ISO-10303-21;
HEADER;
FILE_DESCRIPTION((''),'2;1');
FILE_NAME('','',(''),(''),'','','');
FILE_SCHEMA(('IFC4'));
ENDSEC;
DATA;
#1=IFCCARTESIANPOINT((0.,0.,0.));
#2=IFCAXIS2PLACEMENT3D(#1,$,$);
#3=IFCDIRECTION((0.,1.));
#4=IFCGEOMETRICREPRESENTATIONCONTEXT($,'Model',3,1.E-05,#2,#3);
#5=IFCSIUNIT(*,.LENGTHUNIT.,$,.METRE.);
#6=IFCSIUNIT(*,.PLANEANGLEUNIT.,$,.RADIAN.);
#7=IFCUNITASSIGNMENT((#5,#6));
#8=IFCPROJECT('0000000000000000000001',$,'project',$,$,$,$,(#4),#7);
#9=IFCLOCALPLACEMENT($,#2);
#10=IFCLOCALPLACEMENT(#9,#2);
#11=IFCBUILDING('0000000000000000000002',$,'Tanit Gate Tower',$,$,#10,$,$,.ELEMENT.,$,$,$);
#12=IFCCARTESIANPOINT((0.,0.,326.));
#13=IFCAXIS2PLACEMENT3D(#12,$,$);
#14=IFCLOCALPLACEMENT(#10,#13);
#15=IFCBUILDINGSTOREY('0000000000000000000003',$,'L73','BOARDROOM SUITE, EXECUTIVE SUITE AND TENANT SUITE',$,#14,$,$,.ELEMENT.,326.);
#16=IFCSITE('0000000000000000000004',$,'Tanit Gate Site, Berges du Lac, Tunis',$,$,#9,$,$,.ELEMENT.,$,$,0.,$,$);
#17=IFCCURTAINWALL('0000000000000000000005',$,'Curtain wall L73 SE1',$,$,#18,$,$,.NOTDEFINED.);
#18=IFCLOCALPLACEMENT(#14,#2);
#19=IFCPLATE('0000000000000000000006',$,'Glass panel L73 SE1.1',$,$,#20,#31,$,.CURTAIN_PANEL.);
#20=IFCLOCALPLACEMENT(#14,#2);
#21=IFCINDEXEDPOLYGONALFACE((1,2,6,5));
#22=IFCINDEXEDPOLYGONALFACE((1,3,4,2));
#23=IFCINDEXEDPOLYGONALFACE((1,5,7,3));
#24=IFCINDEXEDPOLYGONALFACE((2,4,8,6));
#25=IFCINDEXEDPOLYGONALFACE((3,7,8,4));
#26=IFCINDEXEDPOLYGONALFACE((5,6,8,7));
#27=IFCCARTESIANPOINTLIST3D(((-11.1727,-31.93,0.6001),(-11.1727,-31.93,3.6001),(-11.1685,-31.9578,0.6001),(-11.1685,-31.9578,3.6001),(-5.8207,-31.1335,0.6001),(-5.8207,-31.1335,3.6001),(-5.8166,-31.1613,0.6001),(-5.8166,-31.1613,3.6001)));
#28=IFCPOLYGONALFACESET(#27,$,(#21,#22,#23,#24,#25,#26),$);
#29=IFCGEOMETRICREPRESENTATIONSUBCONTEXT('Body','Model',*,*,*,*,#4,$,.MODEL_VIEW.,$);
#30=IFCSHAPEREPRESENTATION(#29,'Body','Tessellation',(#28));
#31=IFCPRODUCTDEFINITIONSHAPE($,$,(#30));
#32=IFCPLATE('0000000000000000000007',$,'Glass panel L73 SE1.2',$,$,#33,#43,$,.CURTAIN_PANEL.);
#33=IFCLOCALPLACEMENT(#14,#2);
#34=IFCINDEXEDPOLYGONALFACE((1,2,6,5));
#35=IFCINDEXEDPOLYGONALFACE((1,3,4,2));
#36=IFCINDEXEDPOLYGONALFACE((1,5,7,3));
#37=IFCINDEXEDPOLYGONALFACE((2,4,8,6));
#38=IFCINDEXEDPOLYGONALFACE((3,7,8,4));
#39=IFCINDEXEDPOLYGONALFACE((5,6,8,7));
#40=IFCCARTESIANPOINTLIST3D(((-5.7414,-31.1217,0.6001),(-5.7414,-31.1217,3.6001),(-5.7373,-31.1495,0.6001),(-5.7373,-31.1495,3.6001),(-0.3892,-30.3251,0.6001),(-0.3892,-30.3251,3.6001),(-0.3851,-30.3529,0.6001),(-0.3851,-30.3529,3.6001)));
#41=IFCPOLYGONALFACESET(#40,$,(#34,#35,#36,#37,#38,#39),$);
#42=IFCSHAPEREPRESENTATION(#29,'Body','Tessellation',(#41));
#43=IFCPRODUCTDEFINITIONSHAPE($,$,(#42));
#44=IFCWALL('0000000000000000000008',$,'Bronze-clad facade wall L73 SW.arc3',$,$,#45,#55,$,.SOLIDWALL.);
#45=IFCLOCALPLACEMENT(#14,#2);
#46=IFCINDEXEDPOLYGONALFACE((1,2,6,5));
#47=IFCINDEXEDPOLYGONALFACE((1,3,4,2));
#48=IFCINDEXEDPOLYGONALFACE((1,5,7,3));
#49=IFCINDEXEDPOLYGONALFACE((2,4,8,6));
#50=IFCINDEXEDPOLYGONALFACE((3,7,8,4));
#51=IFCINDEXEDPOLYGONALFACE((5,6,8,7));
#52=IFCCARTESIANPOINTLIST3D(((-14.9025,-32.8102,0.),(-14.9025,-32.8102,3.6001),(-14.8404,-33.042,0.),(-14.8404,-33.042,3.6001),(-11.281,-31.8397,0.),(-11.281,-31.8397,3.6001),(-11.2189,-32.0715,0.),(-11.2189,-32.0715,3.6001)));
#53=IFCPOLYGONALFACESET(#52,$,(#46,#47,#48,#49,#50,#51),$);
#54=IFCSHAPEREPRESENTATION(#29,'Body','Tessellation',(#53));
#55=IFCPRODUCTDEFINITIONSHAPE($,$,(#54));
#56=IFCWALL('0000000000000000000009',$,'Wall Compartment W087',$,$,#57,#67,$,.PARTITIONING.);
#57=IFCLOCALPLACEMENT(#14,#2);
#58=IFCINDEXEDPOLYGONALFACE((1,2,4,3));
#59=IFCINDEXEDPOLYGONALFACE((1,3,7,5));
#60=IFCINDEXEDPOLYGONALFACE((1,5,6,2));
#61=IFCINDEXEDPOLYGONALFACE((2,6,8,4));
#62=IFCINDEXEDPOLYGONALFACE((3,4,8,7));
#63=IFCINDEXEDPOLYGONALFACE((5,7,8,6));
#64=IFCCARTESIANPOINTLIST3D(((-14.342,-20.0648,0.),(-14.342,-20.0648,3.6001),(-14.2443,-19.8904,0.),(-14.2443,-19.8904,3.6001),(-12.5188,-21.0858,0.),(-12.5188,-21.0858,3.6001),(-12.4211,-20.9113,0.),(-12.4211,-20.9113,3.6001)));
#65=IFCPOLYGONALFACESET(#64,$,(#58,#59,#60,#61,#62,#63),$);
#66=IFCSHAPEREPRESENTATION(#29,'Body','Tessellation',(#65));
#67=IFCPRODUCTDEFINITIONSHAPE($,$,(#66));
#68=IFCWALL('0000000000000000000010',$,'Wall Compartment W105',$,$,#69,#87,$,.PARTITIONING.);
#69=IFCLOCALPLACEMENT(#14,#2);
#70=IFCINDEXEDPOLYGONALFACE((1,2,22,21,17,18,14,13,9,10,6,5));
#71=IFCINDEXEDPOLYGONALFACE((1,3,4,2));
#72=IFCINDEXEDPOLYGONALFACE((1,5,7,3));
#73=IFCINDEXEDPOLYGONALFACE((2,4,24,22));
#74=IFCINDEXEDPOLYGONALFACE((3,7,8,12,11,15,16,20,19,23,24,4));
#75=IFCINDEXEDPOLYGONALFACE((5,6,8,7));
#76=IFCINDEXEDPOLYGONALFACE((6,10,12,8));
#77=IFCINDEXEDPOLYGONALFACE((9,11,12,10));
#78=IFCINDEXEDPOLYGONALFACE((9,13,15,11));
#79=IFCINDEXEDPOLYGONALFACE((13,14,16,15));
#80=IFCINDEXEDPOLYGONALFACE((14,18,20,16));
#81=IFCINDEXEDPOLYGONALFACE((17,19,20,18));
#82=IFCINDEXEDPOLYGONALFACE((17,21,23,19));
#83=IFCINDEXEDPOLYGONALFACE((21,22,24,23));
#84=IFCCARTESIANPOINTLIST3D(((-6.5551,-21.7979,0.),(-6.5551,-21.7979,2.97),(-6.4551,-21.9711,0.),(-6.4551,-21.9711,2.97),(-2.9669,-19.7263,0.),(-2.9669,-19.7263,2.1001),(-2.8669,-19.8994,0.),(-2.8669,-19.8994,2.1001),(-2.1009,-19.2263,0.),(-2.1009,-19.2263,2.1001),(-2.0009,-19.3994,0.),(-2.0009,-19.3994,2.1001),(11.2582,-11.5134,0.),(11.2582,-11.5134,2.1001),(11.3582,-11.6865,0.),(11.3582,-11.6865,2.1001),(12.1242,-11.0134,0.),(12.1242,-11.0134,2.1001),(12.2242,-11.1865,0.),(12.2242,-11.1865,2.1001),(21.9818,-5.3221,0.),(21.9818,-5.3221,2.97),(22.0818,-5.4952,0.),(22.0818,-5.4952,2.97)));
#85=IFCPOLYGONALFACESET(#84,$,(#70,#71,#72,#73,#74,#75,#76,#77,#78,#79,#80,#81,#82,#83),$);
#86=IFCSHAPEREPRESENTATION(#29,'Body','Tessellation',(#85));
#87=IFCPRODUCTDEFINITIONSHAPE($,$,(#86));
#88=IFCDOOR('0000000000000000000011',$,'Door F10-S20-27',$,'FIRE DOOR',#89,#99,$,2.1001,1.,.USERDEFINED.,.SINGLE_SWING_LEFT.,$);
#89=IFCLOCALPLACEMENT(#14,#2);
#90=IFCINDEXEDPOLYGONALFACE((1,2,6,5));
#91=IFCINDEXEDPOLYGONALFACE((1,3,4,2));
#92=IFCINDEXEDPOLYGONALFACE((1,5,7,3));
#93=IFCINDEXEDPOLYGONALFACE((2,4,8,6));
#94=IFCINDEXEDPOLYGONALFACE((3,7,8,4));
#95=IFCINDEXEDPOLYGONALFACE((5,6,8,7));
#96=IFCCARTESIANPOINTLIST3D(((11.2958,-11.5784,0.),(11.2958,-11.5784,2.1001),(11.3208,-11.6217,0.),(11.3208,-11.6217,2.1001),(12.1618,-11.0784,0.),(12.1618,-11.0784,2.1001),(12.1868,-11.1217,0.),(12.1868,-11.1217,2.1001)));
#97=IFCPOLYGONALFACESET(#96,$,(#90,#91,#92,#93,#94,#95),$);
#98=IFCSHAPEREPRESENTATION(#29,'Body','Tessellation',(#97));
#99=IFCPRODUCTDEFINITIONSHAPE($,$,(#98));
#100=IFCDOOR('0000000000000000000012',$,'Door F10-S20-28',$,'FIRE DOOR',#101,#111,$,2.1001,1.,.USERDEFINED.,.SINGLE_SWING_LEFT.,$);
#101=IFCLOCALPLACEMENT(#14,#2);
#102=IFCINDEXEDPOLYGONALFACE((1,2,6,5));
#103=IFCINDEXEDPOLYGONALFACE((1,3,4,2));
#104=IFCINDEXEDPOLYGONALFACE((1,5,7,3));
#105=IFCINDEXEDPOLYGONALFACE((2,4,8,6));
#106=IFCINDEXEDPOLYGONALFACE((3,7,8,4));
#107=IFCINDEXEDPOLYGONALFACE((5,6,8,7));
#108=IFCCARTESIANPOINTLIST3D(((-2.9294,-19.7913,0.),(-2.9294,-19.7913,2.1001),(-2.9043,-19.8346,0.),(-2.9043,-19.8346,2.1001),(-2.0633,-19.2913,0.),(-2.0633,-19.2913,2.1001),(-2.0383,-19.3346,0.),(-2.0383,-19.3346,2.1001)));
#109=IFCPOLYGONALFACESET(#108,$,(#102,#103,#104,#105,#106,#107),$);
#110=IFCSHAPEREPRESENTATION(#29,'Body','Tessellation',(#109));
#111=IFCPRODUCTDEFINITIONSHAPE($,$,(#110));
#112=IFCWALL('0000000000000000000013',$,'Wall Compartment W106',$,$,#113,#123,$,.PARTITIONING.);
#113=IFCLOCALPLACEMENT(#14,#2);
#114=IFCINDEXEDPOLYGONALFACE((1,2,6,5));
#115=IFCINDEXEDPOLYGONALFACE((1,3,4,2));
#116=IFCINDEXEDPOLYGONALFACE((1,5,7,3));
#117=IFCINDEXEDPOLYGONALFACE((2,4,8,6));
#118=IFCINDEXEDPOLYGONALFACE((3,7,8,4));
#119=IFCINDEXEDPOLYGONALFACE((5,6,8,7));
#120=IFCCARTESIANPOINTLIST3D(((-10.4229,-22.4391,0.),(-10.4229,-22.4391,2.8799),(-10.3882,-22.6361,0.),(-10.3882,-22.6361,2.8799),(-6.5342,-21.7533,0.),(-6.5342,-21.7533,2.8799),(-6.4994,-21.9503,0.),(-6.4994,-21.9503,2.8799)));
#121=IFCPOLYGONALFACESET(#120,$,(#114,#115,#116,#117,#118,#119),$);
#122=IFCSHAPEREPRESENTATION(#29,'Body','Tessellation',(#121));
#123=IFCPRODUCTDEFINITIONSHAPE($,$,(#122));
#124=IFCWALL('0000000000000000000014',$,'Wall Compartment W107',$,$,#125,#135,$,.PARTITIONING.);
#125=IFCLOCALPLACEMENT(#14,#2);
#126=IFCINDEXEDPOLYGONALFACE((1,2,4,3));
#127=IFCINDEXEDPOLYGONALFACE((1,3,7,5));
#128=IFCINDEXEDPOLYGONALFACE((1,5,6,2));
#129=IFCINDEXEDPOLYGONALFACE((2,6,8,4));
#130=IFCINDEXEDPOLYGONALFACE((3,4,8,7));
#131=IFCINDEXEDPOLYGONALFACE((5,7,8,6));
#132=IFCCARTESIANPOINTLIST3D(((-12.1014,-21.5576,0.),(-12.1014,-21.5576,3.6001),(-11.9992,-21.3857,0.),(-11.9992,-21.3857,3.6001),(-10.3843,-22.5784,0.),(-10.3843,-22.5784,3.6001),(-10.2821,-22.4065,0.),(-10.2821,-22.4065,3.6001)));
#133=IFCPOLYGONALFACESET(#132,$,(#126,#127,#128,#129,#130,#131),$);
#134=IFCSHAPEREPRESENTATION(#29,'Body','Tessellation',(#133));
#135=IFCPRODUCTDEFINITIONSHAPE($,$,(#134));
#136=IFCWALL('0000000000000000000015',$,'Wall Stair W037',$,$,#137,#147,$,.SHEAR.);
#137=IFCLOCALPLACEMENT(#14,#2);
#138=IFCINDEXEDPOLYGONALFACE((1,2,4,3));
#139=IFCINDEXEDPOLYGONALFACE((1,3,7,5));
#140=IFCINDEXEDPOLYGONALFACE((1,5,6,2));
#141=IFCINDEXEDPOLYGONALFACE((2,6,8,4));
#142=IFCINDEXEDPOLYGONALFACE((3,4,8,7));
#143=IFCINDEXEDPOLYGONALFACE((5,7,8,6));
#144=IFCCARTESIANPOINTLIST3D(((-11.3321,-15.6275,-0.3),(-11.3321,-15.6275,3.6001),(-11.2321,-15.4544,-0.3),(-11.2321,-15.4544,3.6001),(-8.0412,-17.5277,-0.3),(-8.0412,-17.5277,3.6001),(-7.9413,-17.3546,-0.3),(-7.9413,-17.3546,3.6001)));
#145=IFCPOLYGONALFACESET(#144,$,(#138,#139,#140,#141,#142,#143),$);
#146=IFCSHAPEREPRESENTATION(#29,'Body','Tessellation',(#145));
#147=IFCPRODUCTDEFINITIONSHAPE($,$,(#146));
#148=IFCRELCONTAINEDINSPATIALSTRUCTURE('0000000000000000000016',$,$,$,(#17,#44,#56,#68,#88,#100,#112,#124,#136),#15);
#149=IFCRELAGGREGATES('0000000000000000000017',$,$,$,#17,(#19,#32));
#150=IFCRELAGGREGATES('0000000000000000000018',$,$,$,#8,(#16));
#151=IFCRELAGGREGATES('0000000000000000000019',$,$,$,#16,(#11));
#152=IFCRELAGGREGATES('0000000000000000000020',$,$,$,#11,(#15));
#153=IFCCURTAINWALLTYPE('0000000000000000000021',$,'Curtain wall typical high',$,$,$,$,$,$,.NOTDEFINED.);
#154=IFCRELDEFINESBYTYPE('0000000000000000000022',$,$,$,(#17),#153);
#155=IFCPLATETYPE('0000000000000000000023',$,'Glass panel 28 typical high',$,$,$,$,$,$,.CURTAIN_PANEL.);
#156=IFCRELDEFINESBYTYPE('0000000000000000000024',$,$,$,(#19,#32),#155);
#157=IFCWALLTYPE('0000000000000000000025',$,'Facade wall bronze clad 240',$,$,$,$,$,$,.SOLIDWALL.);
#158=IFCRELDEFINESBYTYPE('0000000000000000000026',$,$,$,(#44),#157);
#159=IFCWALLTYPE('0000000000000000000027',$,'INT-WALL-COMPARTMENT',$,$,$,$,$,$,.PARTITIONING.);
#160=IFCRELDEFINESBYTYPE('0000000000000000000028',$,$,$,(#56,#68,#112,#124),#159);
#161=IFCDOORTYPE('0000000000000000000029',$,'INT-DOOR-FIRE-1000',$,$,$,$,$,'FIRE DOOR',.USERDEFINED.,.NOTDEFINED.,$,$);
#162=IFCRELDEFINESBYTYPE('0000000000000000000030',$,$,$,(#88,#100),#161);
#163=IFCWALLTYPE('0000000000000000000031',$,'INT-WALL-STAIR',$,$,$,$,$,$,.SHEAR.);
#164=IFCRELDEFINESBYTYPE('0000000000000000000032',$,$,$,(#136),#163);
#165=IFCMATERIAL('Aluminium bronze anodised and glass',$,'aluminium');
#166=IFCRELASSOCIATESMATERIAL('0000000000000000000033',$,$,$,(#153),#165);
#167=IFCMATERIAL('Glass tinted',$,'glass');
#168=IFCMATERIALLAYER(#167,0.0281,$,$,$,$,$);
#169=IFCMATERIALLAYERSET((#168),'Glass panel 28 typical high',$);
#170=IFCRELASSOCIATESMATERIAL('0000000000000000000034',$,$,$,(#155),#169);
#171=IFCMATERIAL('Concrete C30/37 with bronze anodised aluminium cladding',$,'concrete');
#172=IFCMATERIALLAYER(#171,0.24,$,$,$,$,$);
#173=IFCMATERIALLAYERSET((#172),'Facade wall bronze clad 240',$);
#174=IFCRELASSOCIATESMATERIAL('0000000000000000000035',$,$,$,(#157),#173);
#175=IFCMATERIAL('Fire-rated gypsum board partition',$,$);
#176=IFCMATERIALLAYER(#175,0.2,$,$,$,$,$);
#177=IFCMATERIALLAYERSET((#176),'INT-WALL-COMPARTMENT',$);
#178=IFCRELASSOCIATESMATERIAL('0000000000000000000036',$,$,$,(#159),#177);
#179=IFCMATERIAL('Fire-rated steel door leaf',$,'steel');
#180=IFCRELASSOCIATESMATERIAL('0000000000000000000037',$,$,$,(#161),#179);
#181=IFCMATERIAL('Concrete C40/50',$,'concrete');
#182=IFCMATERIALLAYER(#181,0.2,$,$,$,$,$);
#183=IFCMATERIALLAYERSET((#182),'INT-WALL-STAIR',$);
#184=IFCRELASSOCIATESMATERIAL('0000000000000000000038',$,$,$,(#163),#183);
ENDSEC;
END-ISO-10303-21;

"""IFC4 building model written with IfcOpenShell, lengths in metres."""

from ifc_helpers import new_model, si_unit, direction, frame, frame_2d, origin, origin_2d, place, context, subcontext, project, spatial, rectangle, extrude, material, layer, layer_set, type_object, element, fill, aggregate, save


model = new_model("IFC4")

# Units and contexts
model_context = context("Model", 3, precision=1e-05, world=origin(), true_north=direction((0.0, 1.0)))
body_context = subcontext(model_context, "Body", "Model", "MODEL_VIEW")
ifc_project = project(units=[si_unit("LENGTHUNIT", "METRE"), si_unit("PLANEANGLEUNIT", "RADIAN")], contexts=[model_context])

# Site, building, storey
site_placement = place(None, origin())
site = spatial("IfcSite", under=ifc_project, at=site_placement, Name="Tanit Gate Site, Berges du Lac, Tunis", CompositionType="ELEMENT", RefElevation=0.0)
building_placement = place(site_placement, origin())
building = spatial("IfcBuilding", under=site, at=building_placement, Name="Tanit Gate Tower", CompositionType="ELEMENT")
storey_placement = place(building_placement, frame((0.0, 0.0, 326.0)))
storey = spatial("IfcBuildingStorey", under=building, at=storey_placement, Name="L73", Description="BOARDROOM SUITE, EXECUTIVE SUITE AND TENANT SUITE", CompositionType="ELEMENT", Elevation=326.0)

# Curtain wall
ifc_material_1 = material(Name="Aluminium bronze anodised and glass", Category="aluminium")
curtain_wall_type = type_object("IfcCurtainWallType", Name="Curtain wall typical high", PredefinedType="NOTDEFINED", material=ifc_material_1)
curtain_wall_placement = place(storey_placement, origin())
curtain_wall = element("IfcCurtainWall", 1, at=curtain_wall_placement, inside=storey, type_object=curtain_wall_type, Name="Curtain wall L73 SE1", PredefinedType="NOTDEFINED")

# Plates
ifc_material_2 = material(Name="Glass tinted", Category="glass")
ifc_layer_1 = layer(ifc_material_2, 0.0281)
ifc_layer_set_1 = layer_set([ifc_layer_1], Name="Glass panel 28 typical high")
plate_type = type_object("IfcPlateType", Name="Glass panel 28 typical high", PredefinedType="CURTAIN_PANEL", material=ifc_layer_set_1)
plate_1_placement = place(storey_placement, frame((-8.4946, -31.5457, 0.6001), z_axis=(0.0, 0.0, 1.0), x_axis=(0.989106, 0.147205, 0.0)))
plate_1 = element("IfcPlate", 2, at=plate_1_placement, type_object=plate_type, Name="Glass panel L73 SE1.1", PredefinedType="CURTAIN_PANEL", context=body_context, shape_type="SweptSolid", body=[
    extrude(rectangle(XDim=5.4109, YDim=0.0281, at=origin_2d()), origin(), (0.0, 0.0, 1.0), 3.0),
])
plate_2_placement = place(storey_placement, frame((-3.0632, -30.7373, 0.6001), z_axis=(0.0, 0.0, 1.0), x_axis=(0.989106, 0.147205, 0.0)))
plate_2 = element("IfcPlate", 3, at=plate_2_placement, type_object=plate_type, Name="Glass panel L73 SE1.2", PredefinedType="CURTAIN_PANEL", context=body_context, shape_type="SweptSolid", body=[
    extrude(rectangle(XDim=5.4111, YDim=0.0281, at=origin_2d()), origin(), (0.0, 0.0, 1.0), 3.0),
])
aggregate(curtain_wall, [plate_1, plate_2])

# Walls
ifc_material_3 = material(Name="Concrete C30/37 with bronze anodised aluminium cladding", Category="concrete")
ifc_layer_2 = layer(ifc_material_3, 0.24)
ifc_layer_set_2 = layer_set([ifc_layer_2], Name="Facade wall bronze clad 240")
wall_type_1 = type_object("IfcWallType", Name="Facade wall bronze clad 240", PredefinedType="SOLIDWALL", material=ifc_layer_set_2)
wall_1_placement = place(storey_placement, frame((-14.8713, -32.926, 0.0), z_axis=(0.0, 0.0, 1.0), x_axis=(0.965922, 0.258834, 0.0)))
element("IfcWall", 4, at=wall_1_placement, inside=storey, type_object=wall_type_1, Name="Bronze-clad facade wall L73 SW.arc3", PredefinedType="SOLIDWALL", context=body_context, shape_type="SweptSolid", body=[
    extrude(rectangle(XDim=3.7493, YDim=0.24, at=frame_2d((1.8745, 0.0))), origin(), (0.0, 0.0, 1.0), 3.6001),
])
ifc_material_4 = material(Name="Fire-rated gypsum board partition")
ifc_layer_3 = layer(ifc_material_4, 0.2)
ifc_layer_set_3 = layer_set([ifc_layer_3], Name="INT-WALL-COMPARTMENT")
wall_type_2 = type_object("IfcWallType", Name="INT-WALL-COMPARTMENT", PredefinedType="PARTITIONING", material=ifc_layer_set_3)
wall_2_placement = place(storey_placement, frame((-14.2932, -19.9775, 0.0), z_axis=(0.0, 0.0, 1.0), x_axis=(0.87251, -0.488596, 0.0)))
element("IfcWall", 5, at=wall_2_placement, inside=storey, type_object=wall_type_2, Name="Wall Compartment W087", PredefinedType="PARTITIONING", context=body_context, shape_type="SweptSolid", body=[
    extrude(rectangle(XDim=2.0896, YDim=0.2, at=frame_2d((1.0449, 0.0))), origin(), (0.0, 0.0, 1.0), 3.6001),
])

# Wall, openings, doors
wall_3_placement = place(storey_placement, frame((-6.5051, -21.8845, 0.0), z_axis=(0.0, 0.0, 1.0), x_axis=(0.866025, 0.500001, 0.0)))
wall_3 = element("IfcWall", 6, at=wall_3_placement, inside=storey, type_object=wall_type_2, Name="Wall Compartment W105", PredefinedType="PARTITIONING", context=body_context, shape_type="SweptSolid", body=[
    extrude(rectangle(XDim=32.9517, YDim=0.2, at=frame_2d((16.4758, 0.0))), origin(), (0.0, 0.0, 1.0), 2.97),
])
opening_1_placement = place(wall_3_placement, frame((20.5691, 0.0, 0.0)))
opening_1 = element("IfcOpeningElement", 7, at=opening_1_placement, cuts=wall_3, PredefinedType="OPENING", context=body_context, shape_type="SweptSolid", body=[
    extrude(rectangle(XDim=1.0, YDim=2.1001, at=frame_2d((0.5, 1.05))), frame((0.0, 0.1099, 0.0), z_axis=(0.0, -1.0, 0.0), x_axis=(1.0, 0.0, 0.0)), (0.0, 0.0, 1.0), 0.22),
])
opening_2_placement = place(wall_3_placement, frame((4.1433, 0.0, 0.0)))
opening_2 = element("IfcOpeningElement", 8, at=opening_2_placement, cuts=wall_3, PredefinedType="OPENING", context=body_context, shape_type="SweptSolid", body=[
    extrude(rectangle(XDim=1.0, YDim=2.1001, at=frame_2d((0.5, 1.05))), frame((0.0, 0.1099, 0.0), z_axis=(0.0, -1.0, 0.0), x_axis=(1.0, 0.0, 0.0)), (0.0, 0.0, 1.0), 0.22),
])
ifc_material_5 = material(Name="Fire-rated steel door leaf", Category="steel")
door_type_1 = type_object("IfcDoorType", Name="INT-DOOR-FIRE-1000", ElementType="FIRE DOOR", OperationType="NOTDEFINED", PredefinedType="USERDEFINED", material=ifc_material_5)
door_1_placement = place(opening_1_placement, origin())
door_1 = element("IfcDoor", 9, at=door_1_placement, inside=storey, type_object=door_type_1, Name="Door F10-S20-27", ObjectType="FIRE DOOR", OperationType="SINGLE_SWING_LEFT", OverallHeight=2.1001, OverallWidth=1.0, PredefinedType="USERDEFINED", context=body_context, shape_type="SweptSolid", body=[
    extrude(rectangle(XDim=1.0, YDim=2.1001, at=frame_2d((0.5, 1.05))), frame((0.0, 0.0249, 0.0), z_axis=(0.0, -1.0, 0.0), x_axis=(1.0, 0.0, 0.0)), (0.0, 0.0, 1.0), 0.05),
])
fill(opening_1, door_1)
door_2_placement = place(opening_2_placement, origin())
door_2 = element("IfcDoor", 10, at=door_2_placement, inside=storey, type_object=door_type_1, Name="Door F10-S20-28", ObjectType="FIRE DOOR", OperationType="SINGLE_SWING_LEFT", OverallHeight=2.1001, OverallWidth=1.0, PredefinedType="USERDEFINED", context=body_context, shape_type="SweptSolid", body=[
    extrude(rectangle(XDim=1.0, YDim=2.1001, at=frame_2d((0.5, 1.05))), frame((0.0, 0.0249, 0.0), z_axis=(0.0, -1.0, 0.0), x_axis=(1.0, 0.0, 0.0)), (0.0, 0.0, 1.0), 0.05),
])
fill(opening_2, door_2)

# Walls
wall_4_placement = place(storey_placement, frame((-10.4055, -22.5376, 0.0), z_axis=(0.0, 0.0, 1.0), x_axis=(0.984803, 0.173676, 0.0)))
element("IfcWall", 11, at=wall_4_placement, inside=storey, type_object=wall_type_2, Name="Wall Compartment W106", PredefinedType="PARTITIONING", context=body_context, shape_type="SweptSolid", body=[
    extrude(rectangle(XDim=3.9487, YDim=0.2, at=frame_2d((1.9744, 0.0))), origin(), (0.0, 0.0, 1.0), 2.8799),
])
wall_5_placement = place(storey_placement, frame((-12.0503, -21.4717, 0.0), z_axis=(0.0, 0.0, 1.0), x_axis=(0.859578, -0.511005, 0.0)))
element("IfcWall", 12, at=wall_5_placement, inside=storey, type_object=wall_type_2, Name="Wall Compartment W107", PredefinedType="PARTITIONING", context=body_context, shape_type="SweptSolid", body=[
    extrude(rectangle(XDim=1.9976, YDim=0.2, at=frame_2d((0.9988, 0.0))), origin(), (0.0, 0.0, 1.0), 3.6001),
])
ifc_material_6 = material(Name="Concrete C40/50", Category="concrete")
ifc_layer_4 = layer(ifc_material_6, 0.2)
ifc_layer_set_4 = layer_set([ifc_layer_4], Name="INT-WALL-STAIR")
wall_type_3 = type_object("IfcWallType", Name="INT-WALL-STAIR", PredefinedType="SHEAR", material=ifc_layer_set_4)
wall_6_placement = place(storey_placement, frame((-11.282, -15.541, -0.3), z_axis=(0.0, 0.0, 1.0), x_axis=(0.866, -0.500043, 0.0)))
element("IfcWall", 13, at=wall_6_placement, inside=storey, type_object=wall_type_3, Name="Wall Stair W037", PredefinedType="SHEAR", context=body_context, shape_type="SweptSolid", body=[
    extrude(rectangle(XDim=3.8, YDim=0.2, at=frame_2d((1.8999, 0.0))), origin(), (0.0, 0.0, 1.0), 3.9001),
])

save(model, "model.ifc")
